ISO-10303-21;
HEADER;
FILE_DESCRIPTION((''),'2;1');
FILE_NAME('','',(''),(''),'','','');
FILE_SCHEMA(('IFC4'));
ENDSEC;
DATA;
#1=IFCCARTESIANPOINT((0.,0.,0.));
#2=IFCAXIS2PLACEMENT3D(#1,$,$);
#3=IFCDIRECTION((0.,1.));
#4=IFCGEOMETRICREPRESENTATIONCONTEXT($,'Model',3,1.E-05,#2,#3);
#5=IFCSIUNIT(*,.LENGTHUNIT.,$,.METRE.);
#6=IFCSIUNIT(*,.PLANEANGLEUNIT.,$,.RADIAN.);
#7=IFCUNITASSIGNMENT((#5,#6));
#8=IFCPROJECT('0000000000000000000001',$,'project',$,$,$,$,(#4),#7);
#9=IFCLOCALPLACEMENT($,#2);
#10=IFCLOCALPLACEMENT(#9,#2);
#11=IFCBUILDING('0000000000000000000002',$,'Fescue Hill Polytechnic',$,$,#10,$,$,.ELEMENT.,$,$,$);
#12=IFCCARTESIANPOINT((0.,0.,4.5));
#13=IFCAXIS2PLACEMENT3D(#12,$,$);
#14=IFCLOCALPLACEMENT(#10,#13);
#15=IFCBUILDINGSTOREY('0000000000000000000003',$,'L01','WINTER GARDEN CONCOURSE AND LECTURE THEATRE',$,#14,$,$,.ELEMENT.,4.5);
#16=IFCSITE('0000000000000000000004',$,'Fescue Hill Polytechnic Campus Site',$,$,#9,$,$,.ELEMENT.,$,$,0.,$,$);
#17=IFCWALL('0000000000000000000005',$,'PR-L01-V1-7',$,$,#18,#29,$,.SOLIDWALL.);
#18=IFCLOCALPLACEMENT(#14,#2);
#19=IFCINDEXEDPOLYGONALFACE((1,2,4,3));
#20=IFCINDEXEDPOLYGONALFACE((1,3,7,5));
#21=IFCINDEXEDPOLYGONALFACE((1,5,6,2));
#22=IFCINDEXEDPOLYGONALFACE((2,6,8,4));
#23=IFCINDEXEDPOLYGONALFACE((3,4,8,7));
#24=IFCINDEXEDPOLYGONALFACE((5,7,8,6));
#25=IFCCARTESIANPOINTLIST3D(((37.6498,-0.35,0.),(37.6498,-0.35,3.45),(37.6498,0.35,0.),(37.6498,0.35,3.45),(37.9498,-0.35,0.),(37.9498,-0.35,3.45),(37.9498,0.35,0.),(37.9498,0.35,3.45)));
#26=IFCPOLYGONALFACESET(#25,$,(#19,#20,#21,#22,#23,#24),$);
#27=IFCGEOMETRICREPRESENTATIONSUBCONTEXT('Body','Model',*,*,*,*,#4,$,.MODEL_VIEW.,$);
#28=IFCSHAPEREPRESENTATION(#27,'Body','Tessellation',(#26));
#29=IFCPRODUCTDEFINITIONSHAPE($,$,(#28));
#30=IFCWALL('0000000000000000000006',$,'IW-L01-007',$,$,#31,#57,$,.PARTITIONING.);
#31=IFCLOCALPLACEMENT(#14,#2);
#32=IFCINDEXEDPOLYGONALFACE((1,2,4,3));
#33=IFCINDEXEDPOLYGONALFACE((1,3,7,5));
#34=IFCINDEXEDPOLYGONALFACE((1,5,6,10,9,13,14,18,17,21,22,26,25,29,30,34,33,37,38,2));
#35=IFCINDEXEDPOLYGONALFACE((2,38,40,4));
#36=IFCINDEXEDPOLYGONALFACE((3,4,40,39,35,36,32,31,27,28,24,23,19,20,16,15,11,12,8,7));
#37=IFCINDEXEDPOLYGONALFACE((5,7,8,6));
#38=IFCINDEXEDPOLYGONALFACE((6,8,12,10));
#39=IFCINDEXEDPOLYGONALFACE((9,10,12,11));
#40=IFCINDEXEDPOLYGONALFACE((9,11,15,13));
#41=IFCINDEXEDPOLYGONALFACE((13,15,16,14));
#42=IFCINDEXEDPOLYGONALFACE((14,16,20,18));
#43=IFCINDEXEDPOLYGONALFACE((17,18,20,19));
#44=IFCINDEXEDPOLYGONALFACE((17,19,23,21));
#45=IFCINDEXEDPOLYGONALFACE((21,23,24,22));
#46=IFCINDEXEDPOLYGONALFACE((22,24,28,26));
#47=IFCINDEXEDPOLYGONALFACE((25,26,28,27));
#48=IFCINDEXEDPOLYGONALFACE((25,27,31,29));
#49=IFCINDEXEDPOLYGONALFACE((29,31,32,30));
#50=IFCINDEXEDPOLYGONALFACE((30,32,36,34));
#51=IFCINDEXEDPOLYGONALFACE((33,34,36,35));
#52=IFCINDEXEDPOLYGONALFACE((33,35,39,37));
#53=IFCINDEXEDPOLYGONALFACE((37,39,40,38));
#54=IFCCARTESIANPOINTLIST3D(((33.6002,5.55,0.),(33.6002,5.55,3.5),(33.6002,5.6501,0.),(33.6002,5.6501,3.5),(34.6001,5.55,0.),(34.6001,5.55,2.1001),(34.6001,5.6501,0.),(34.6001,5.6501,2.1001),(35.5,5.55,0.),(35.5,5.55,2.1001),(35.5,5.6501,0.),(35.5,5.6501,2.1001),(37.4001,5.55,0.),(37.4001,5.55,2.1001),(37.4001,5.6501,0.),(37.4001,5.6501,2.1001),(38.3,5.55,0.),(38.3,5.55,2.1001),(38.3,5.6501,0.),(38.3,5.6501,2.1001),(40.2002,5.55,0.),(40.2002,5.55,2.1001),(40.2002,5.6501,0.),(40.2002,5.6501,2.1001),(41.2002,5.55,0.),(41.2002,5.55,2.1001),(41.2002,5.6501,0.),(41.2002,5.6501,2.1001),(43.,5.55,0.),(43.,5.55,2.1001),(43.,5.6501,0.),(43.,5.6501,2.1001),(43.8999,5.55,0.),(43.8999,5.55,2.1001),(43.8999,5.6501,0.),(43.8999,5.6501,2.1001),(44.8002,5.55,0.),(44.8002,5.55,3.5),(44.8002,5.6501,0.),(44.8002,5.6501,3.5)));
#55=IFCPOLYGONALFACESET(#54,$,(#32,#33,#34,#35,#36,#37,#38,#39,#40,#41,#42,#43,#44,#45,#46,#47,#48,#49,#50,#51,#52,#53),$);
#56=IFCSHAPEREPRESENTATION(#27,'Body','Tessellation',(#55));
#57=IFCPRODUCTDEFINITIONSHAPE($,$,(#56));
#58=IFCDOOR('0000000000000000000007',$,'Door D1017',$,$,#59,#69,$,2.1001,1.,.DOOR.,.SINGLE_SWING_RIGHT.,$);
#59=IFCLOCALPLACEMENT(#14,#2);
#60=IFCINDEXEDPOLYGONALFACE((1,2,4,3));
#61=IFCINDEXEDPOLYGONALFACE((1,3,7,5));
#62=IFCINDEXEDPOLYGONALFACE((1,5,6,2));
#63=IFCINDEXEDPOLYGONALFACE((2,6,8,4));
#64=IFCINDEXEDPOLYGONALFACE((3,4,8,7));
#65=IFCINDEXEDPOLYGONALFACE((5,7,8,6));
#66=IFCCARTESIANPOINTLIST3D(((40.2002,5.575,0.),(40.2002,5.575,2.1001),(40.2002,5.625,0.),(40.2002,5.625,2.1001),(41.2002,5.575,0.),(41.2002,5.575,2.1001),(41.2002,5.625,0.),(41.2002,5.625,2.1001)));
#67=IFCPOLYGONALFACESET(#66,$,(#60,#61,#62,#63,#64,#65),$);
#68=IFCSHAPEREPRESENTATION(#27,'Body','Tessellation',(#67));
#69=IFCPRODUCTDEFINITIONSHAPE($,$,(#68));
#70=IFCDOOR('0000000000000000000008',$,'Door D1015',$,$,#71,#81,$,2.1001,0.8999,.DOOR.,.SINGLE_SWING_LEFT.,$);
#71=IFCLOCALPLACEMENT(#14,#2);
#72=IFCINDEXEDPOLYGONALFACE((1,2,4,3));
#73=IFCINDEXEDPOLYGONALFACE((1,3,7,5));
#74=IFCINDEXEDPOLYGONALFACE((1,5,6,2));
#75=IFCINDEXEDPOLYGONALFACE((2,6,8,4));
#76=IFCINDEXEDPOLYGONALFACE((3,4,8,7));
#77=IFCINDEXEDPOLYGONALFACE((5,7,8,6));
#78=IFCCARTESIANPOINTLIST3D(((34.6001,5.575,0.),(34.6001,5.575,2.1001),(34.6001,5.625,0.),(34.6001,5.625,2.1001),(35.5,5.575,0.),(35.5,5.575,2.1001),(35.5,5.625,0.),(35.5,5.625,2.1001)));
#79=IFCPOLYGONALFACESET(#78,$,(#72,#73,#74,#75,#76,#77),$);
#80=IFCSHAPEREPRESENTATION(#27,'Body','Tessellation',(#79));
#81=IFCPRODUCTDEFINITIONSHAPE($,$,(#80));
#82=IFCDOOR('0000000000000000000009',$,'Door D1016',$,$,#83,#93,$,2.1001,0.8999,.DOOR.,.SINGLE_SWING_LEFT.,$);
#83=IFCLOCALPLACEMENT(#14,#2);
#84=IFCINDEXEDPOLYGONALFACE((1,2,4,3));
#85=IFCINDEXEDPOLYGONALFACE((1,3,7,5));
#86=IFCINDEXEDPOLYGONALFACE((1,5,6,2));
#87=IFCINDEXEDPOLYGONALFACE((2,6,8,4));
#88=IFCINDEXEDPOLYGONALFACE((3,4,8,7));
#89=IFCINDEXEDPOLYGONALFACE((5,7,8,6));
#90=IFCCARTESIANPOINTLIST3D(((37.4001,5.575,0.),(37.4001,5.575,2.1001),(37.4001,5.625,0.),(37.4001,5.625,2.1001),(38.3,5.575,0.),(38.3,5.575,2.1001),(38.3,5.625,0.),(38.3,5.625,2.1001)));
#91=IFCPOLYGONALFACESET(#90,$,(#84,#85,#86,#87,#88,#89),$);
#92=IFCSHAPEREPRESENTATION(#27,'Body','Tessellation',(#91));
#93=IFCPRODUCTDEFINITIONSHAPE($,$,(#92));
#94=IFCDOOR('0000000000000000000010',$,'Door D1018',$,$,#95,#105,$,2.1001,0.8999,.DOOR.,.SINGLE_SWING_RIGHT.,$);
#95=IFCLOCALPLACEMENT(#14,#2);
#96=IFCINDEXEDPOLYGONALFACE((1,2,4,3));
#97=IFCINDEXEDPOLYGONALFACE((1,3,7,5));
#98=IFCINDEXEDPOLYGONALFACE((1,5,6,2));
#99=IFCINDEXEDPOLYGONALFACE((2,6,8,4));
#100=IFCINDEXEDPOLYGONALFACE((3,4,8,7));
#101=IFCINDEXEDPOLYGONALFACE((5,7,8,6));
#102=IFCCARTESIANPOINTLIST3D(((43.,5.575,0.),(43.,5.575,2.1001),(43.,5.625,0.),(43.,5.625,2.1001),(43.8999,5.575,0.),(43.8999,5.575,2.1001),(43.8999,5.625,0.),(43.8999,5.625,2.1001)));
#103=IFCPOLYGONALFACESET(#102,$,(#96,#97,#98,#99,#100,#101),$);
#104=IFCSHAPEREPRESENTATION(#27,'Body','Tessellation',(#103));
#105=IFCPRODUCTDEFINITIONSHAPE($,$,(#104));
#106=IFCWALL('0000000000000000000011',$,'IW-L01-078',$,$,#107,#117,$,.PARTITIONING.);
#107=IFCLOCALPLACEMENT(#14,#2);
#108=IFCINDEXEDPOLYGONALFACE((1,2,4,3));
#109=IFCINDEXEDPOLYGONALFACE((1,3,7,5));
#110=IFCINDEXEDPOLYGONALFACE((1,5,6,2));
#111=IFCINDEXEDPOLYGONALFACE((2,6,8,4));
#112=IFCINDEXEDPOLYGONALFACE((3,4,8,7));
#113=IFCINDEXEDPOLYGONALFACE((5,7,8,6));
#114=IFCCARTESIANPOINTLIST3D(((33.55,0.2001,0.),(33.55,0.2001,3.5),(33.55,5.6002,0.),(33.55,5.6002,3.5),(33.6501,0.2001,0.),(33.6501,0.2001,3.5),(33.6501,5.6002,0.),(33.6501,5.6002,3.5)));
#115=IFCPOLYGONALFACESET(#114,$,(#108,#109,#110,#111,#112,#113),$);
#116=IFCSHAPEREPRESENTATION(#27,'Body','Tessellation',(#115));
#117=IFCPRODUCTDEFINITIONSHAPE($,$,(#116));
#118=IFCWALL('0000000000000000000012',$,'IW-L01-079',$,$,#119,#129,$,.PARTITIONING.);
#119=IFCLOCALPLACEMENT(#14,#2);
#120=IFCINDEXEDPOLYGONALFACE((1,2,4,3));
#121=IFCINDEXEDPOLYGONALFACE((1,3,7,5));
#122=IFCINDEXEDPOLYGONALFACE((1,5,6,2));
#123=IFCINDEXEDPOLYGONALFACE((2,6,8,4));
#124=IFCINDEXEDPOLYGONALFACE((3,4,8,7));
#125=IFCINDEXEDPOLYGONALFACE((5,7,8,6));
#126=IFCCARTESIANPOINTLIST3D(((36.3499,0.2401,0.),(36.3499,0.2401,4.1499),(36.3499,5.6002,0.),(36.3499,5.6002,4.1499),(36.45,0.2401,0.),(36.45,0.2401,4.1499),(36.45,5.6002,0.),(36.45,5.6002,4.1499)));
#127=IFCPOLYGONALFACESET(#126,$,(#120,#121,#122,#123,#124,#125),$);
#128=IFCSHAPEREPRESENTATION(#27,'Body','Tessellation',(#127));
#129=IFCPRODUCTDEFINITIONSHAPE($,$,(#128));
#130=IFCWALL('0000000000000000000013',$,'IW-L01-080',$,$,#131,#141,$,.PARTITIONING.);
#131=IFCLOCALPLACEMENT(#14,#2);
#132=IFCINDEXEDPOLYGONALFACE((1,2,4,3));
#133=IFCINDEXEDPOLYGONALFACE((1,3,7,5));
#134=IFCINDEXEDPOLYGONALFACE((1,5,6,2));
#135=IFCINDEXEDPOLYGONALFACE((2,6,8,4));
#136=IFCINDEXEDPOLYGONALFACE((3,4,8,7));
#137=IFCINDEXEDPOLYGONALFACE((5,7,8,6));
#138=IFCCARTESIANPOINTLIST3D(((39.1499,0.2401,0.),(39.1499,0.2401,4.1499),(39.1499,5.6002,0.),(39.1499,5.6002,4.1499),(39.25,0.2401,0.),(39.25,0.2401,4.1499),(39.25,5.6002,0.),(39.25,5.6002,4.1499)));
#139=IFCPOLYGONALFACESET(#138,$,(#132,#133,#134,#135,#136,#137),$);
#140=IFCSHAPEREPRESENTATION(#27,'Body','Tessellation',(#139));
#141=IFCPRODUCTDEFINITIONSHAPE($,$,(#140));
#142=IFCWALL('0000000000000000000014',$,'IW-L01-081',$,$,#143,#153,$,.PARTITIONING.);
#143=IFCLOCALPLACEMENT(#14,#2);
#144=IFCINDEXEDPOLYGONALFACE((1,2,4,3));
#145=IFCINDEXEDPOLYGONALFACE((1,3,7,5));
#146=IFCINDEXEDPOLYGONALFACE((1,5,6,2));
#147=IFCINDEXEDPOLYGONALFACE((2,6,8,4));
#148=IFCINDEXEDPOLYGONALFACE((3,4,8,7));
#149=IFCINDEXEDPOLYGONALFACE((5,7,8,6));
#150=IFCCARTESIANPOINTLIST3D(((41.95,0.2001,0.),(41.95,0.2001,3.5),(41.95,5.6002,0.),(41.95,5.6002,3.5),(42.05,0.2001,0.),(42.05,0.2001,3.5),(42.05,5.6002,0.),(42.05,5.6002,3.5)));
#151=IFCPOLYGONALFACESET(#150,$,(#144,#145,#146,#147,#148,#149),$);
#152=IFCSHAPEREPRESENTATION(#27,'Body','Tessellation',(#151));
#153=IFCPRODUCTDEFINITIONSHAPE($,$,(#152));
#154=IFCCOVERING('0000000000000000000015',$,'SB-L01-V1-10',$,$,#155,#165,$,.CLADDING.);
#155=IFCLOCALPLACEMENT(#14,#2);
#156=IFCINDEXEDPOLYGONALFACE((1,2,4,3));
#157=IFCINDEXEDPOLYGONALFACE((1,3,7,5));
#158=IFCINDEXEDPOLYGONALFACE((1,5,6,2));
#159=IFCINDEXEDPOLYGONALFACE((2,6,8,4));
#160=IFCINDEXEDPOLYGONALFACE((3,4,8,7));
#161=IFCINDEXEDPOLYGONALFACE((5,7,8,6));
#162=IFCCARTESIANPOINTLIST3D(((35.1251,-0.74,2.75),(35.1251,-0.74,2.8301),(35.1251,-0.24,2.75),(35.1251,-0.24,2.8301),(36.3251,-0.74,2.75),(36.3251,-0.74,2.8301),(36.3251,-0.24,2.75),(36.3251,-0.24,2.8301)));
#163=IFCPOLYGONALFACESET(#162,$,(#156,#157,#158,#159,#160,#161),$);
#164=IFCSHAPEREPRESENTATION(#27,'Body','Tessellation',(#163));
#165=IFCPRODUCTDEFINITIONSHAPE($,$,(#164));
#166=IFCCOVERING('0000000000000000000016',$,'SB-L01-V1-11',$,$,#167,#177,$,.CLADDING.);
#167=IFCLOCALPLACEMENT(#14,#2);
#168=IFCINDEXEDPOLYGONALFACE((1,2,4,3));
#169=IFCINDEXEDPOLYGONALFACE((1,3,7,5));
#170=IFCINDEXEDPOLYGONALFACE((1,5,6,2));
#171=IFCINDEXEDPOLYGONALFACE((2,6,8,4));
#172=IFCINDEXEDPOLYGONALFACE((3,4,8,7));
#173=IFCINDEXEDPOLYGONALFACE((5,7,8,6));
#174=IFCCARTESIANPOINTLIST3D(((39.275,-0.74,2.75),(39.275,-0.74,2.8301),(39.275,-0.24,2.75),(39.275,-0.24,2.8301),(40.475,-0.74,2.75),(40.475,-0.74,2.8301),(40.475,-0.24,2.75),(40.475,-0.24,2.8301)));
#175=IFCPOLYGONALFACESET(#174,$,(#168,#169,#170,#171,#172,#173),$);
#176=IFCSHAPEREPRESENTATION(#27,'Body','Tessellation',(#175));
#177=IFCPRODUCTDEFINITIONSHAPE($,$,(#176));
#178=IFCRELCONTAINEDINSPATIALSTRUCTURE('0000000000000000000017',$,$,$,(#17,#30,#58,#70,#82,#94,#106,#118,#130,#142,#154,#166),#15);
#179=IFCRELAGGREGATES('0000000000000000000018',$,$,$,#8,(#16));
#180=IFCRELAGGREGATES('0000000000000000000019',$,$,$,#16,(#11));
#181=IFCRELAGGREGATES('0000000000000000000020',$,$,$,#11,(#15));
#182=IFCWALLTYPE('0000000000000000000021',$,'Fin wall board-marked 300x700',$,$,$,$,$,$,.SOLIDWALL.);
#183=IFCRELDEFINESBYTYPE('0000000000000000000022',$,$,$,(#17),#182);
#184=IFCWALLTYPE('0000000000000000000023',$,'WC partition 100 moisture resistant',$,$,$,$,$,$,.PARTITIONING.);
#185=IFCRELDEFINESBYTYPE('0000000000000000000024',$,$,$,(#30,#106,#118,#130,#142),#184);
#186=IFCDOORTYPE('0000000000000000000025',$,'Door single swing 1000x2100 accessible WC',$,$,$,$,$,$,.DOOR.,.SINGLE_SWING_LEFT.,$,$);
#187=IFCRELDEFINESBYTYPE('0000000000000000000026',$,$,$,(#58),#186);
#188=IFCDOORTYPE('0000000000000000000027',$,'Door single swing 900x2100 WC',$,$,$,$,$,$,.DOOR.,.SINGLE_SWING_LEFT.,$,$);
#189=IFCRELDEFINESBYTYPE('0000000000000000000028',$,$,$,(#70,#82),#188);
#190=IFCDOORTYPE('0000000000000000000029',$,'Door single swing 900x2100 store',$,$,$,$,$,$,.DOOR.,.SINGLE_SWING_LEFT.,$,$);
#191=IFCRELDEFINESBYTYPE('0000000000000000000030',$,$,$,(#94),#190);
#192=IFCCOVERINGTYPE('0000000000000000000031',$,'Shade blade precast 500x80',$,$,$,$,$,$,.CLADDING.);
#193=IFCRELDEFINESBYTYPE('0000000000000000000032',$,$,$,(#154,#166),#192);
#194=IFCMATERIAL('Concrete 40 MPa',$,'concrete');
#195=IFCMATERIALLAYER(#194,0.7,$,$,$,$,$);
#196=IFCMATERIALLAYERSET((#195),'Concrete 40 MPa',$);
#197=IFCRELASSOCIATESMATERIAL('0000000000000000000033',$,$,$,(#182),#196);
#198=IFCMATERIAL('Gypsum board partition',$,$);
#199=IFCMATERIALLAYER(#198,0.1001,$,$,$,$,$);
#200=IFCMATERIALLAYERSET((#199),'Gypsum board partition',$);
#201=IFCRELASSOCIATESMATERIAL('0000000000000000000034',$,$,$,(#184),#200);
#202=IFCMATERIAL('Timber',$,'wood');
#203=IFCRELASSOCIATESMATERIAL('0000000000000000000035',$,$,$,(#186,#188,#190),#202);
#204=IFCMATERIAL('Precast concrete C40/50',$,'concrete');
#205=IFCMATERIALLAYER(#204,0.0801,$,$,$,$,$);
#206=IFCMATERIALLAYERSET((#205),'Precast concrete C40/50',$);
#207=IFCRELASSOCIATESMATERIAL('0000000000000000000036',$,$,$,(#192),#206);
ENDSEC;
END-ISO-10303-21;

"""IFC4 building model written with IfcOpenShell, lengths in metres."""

from ifc_helpers import new_model, si_unit, direction, frame, frame_2d, origin, origin_2d, place, context, subcontext, project, spatial, rectangle, extrude, material, layer, layer_set, type_object, element, fill, save


model = new_model("IFC4")

# Units and contexts
model_context = context("Model", 3, precision=1e-05, world=origin(), true_north=direction((0.0, 1.0)))
body_context = subcontext(model_context, "Body", "Model", "MODEL_VIEW")
ifc_project = project(units=[si_unit("LENGTHUNIT", "METRE"), si_unit("PLANEANGLEUNIT", "RADIAN")], contexts=[model_context])

# Site, building, storey
site_placement = place(None, origin())
site = spatial("IfcSite", under=ifc_project, at=site_placement, Name="Fescue Hill Polytechnic Campus Site", CompositionType="ELEMENT", RefElevation=0.0)
building_placement = place(site_placement, origin())
building = spatial("IfcBuilding", under=site, at=building_placement, Name="Fescue Hill Polytechnic", CompositionType="ELEMENT")
storey_placement = place(building_placement, frame((0.0, 0.0, 4.5)))
storey = spatial("IfcBuildingStorey", under=building, at=storey_placement, Name="L01", Description="WINTER GARDEN CONCOURSE AND LECTURE THEATRE", CompositionType="ELEMENT", Elevation=4.5)

# Shared definitions
ifc_material_1 = material(Name="Concrete 40 MPa", Category="concrete")

# Wall
ifc_layer_1 = layer(ifc_material_1, 0.7)
ifc_layer_set_1 = layer_set([ifc_layer_1], Name="Concrete 40 MPa")
wall_type_1 = type_object("IfcWallType", Name="Fin wall board-marked 300x700", PredefinedType="SOLIDWALL", material=ifc_layer_set_1)
wall_1_placement = place(storey_placement, frame((37.6499, 0.0, 0.0), z_axis=(0.0, 0.0, 1.0), x_axis=(1.0, 0.0, 0.0)))
element("IfcWall", 1, at=wall_1_placement, inside=storey, type_object=wall_type_1, Name="PR-L01-V1-7", PredefinedType="SOLIDWALL", context=body_context, shape_type="SweptSolid", body=[
    extrude(rectangle(XDim=0.3, YDim=0.7, at=frame_2d((0.1499, 0.0))), origin(), (0.0, 0.0, 1.0), 3.45),
])

# Wall, openings, doors
ifc_material_2 = material(Name="Gypsum board partition")
ifc_layer_2 = layer(ifc_material_2, 0.1001)
ifc_layer_set_2 = layer_set([ifc_layer_2], Name="Gypsum board partition")
wall_type_2 = type_object("IfcWallType", Name="WC partition 100 moisture resistant", PredefinedType="PARTITIONING", material=ifc_layer_set_2)
wall_2_placement = place(storey_placement, frame((33.6001, 5.6001, 0.0), z_axis=(0.0, 0.0, 1.0), x_axis=(1.0, 0.0, 0.0)))
wall_2 = element("IfcWall", 2, at=wall_2_placement, inside=storey, type_object=wall_type_2, Name="IW-L01-007", PredefinedType="PARTITIONING", context=body_context, shape_type="SweptSolid", body=[
    extrude(rectangle(XDim=11.2, YDim=0.1001, at=frame_2d((5.6001, 0.0))), origin(), (0.0, 0.0, 1.0), 3.5),
])
opening_1_placement = place(wall_2_placement, frame((1.0, 0.0, 0.0)))
opening_1 = element("IfcOpeningElement", 3, at=opening_1_placement, cuts=wall_2, PredefinedType="OPENING", context=body_context, shape_type="SweptSolid", body=[
    extrude(rectangle(XDim=0.8999, YDim=2.1001, at=frame_2d((0.45, 1.05))), frame((0.0, 0.0601, 0.0), z_axis=(0.0, -1.0, 0.0), x_axis=(1.0, 0.0, 0.0)), (0.0, 0.0, 1.0), 0.1201),
])
opening_2_placement = place(wall_2_placement, frame((3.8, 0.0, 0.0)))
opening_2 = element("IfcOpeningElement", 4, at=opening_2_placement, cuts=wall_2, PredefinedType="OPENING", context=body_context, shape_type="SweptSolid", body=[
    extrude(rectangle(XDim=0.8999, YDim=2.1001, at=frame_2d((0.45, 1.05))), frame((0.0, 0.0601, 0.0), z_axis=(0.0, -1.0, 0.0), x_axis=(1.0, 0.0, 0.0)), (0.0, 0.0, 1.0), 0.1201),
])
opening_3_placement = place(wall_2_placement, frame((6.6001, 0.0, 0.0)))
opening_3 = element("IfcOpeningElement", 5, at=opening_3_placement, cuts=wall_2, PredefinedType="OPENING", context=body_context, shape_type="SweptSolid", body=[
    extrude(rectangle(XDim=1.0, YDim=2.1001, at=frame_2d((0.5, 1.05))), frame((0.0, 0.0601, 0.0), z_axis=(0.0, -1.0, 0.0), x_axis=(1.0, 0.0, 0.0)), (0.0, 0.0, 1.0), 0.1201),
])
opening_4_placement = place(wall_2_placement, frame((9.3999, 0.0, 0.0)))
opening_4 = element("IfcOpeningElement", 6, at=opening_4_placement, cuts=wall_2, PredefinedType="OPENING", context=body_context, shape_type="SweptSolid", body=[
    extrude(rectangle(XDim=0.8999, YDim=2.1001, at=frame_2d((0.45, 1.05))), frame((0.0, 0.0601, 0.0), z_axis=(0.0, -1.0, 0.0), x_axis=(1.0, 0.0, 0.0)), (0.0, 0.0, 1.0), 0.1201),
])
ifc_material_3 = material(Name="Timber", Category="wood")
door_type_1 = type_object("IfcDoorType", Name="Door single swing 1000x2100 accessible WC", OperationType="SINGLE_SWING_LEFT", PredefinedType="DOOR", material=ifc_material_3)
door_1_placement = place(opening_3_placement, origin())
door_1 = element("IfcDoor", 7, at=door_1_placement, inside=storey, type_object=door_type_1, Name="Door D1017", OperationType="SINGLE_SWING_RIGHT", OverallHeight=2.1001, OverallWidth=1.0, PredefinedType="DOOR", context=body_context, shape_type="SweptSolid", body=[
    extrude(rectangle(XDim=1.0, YDim=2.1001, at=frame_2d((0.5, 1.05))), frame((0.0, 0.0249, 0.0), z_axis=(0.0, -1.0, 0.0), x_axis=(1.0, 0.0, 0.0)), (0.0, 0.0, 1.0), 0.05),
])
fill(opening_3, door_1)
door_type_2 = type_object("IfcDoorType", Name="Door single swing 900x2100 WC", OperationType="SINGLE_SWING_LEFT", PredefinedType="DOOR", material=ifc_material_3)
door_2_placement = place(opening_1_placement, origin())
door_2 = element("IfcDoor", 8, at=door_2_placement, inside=storey, type_object=door_type_2, Name="Door D1015", OperationType="SINGLE_SWING_LEFT", OverallHeight=2.1001, OverallWidth=0.8999, PredefinedType="DOOR", context=body_context, shape_type="SweptSolid", body=[
    extrude(rectangle(XDim=0.8999, YDim=2.1001, at=frame_2d((0.45, 1.05))), frame((0.0, 0.0249, 0.0), z_axis=(0.0, -1.0, 0.0), x_axis=(1.0, 0.0, 0.0)), (0.0, 0.0, 1.0), 0.05),
])
fill(opening_1, door_2)
door_3_placement = place(opening_2_placement, origin())
door_3 = element("IfcDoor", 9, at=door_3_placement, inside=storey, type_object=door_type_2, Name="Door D1016", OperationType="SINGLE_SWING_LEFT", OverallHeight=2.1001, OverallWidth=0.8999, PredefinedType="DOOR", context=body_context, shape_type="SweptSolid", body=[
    extrude(rectangle(XDim=0.8999, YDim=2.1001, at=frame_2d((0.45, 1.05))), frame((0.0, 0.0249, 0.0), z_axis=(0.0, -1.0, 0.0), x_axis=(1.0, 0.0, 0.0)), (0.0, 0.0, 1.0), 0.05),
])
fill(opening_2, door_3)
door_type_3 = type_object("IfcDoorType", Name="Door single swing 900x2100 store", OperationType="SINGLE_SWING_LEFT", PredefinedType="DOOR", material=ifc_material_3)
door_4_placement = place(opening_4_placement, origin())
door_4 = element("IfcDoor", 10, at=door_4_placement, inside=storey, type_object=door_type_3, Name="Door D1018", OperationType="SINGLE_SWING_RIGHT", OverallHeight=2.1001, OverallWidth=0.8999, PredefinedType="DOOR", context=body_context, shape_type="SweptSolid", body=[
    extrude(rectangle(XDim=0.8999, YDim=2.1001, at=frame_2d((0.45, 1.05))), frame((0.0, 0.0249, 0.0), z_axis=(0.0, -1.0, 0.0), x_axis=(1.0, 0.0, 0.0)), (0.0, 0.0, 1.0), 0.05),
])
fill(opening_4, door_4)

# Walls
wall_3_placement = place(storey_placement, frame((33.6001, 0.2, 0.0), z_axis=(0.0, 0.0, 1.0), x_axis=(0.0, 1.0, 0.0)))
element("IfcWall", 11, at=wall_3_placement, inside=storey, type_object=wall_type_2, Name="IW-L01-078", PredefinedType="PARTITIONING", context=body_context, shape_type="SweptSolid", body=[
    extrude(rectangle(XDim=5.4001, YDim=0.1001, at=frame_2d((2.7002, 0.0))), origin(), (0.0, 0.0, 1.0), 3.5),
])
for number, where, z_axis, x_axis, name in (
    (12, (36.3999, 0.24, 0.0), (0.0, 0.0, 1.0), (0.0, 1.0, 0.0), "IW-L01-079"),
    (13, (39.2, 0.24, 0.0), (0.0, 0.0, 1.0), (0.0, 1.0, 0.0), "IW-L01-080"),
):
    element("IfcWall", number, at=place(storey_placement, frame(where, z_axis=z_axis, x_axis=x_axis)), inside=storey, type_object=wall_type_2, Name=name, PredefinedType="PARTITIONING", context=body_context, shape_type="SweptSolid", body=[
        extrude(rectangle(XDim=5.3601, YDim=0.1001, at=frame_2d((2.6802, 0.0))), origin(), (0.0, 0.0, 1.0), 4.1499),
    ])
wall_4_placement = place(storey_placement, frame((42.0, 0.2, 0.0), z_axis=(0.0, 0.0, 1.0), x_axis=(0.0, 1.0, 0.0)))
element("IfcWall", 14, at=wall_4_placement, inside=storey, type_object=wall_type_2, Name="IW-L01-081", PredefinedType="PARTITIONING", context=body_context, shape_type="SweptSolid", body=[
    extrude(rectangle(XDim=5.4001, YDim=0.1001, at=frame_2d((2.7002, 0.0))), origin(), (0.0, 0.0, 1.0), 3.5),
])

# Coverings
ifc_material_4 = material(Name="Precast concrete C40/50", Category="concrete")
ifc_layer_3 = layer(ifc_material_4, 0.0801)
ifc_layer_set_3 = layer_set([ifc_layer_3], Name="Precast concrete C40/50")
covering_type = type_object("IfcCoveringType", Name="Shade blade precast 500x80", PredefinedType="CLADDING", material=ifc_layer_set_3)
for number, where, z_axis, x_axis, name in (
    (15, (35.7251, -0.49, 2.75), (0.0, 0.0, 1.0), (1.0, 0.0, 0.0), "SB-L01-V1-10"),
    (16, (39.875, -0.49, 2.75), (0.0, 0.0, 1.0), (1.0, 0.0, 0.0), "SB-L01-V1-11"),
):
    element("IfcCovering", number, at=place(storey_placement, frame(where, z_axis=z_axis, x_axis=x_axis)), inside=storey, type_object=covering_type, Name=name, PredefinedType="CLADDING", context=body_context, shape_type="SweptSolid", body=[
        extrude(rectangle(XDim=1.2, YDim=0.5, at=origin_2d()), origin(), (0.0, 0.0, 1.0), 0.0801),
    ])

save(model, "model.ifc")
